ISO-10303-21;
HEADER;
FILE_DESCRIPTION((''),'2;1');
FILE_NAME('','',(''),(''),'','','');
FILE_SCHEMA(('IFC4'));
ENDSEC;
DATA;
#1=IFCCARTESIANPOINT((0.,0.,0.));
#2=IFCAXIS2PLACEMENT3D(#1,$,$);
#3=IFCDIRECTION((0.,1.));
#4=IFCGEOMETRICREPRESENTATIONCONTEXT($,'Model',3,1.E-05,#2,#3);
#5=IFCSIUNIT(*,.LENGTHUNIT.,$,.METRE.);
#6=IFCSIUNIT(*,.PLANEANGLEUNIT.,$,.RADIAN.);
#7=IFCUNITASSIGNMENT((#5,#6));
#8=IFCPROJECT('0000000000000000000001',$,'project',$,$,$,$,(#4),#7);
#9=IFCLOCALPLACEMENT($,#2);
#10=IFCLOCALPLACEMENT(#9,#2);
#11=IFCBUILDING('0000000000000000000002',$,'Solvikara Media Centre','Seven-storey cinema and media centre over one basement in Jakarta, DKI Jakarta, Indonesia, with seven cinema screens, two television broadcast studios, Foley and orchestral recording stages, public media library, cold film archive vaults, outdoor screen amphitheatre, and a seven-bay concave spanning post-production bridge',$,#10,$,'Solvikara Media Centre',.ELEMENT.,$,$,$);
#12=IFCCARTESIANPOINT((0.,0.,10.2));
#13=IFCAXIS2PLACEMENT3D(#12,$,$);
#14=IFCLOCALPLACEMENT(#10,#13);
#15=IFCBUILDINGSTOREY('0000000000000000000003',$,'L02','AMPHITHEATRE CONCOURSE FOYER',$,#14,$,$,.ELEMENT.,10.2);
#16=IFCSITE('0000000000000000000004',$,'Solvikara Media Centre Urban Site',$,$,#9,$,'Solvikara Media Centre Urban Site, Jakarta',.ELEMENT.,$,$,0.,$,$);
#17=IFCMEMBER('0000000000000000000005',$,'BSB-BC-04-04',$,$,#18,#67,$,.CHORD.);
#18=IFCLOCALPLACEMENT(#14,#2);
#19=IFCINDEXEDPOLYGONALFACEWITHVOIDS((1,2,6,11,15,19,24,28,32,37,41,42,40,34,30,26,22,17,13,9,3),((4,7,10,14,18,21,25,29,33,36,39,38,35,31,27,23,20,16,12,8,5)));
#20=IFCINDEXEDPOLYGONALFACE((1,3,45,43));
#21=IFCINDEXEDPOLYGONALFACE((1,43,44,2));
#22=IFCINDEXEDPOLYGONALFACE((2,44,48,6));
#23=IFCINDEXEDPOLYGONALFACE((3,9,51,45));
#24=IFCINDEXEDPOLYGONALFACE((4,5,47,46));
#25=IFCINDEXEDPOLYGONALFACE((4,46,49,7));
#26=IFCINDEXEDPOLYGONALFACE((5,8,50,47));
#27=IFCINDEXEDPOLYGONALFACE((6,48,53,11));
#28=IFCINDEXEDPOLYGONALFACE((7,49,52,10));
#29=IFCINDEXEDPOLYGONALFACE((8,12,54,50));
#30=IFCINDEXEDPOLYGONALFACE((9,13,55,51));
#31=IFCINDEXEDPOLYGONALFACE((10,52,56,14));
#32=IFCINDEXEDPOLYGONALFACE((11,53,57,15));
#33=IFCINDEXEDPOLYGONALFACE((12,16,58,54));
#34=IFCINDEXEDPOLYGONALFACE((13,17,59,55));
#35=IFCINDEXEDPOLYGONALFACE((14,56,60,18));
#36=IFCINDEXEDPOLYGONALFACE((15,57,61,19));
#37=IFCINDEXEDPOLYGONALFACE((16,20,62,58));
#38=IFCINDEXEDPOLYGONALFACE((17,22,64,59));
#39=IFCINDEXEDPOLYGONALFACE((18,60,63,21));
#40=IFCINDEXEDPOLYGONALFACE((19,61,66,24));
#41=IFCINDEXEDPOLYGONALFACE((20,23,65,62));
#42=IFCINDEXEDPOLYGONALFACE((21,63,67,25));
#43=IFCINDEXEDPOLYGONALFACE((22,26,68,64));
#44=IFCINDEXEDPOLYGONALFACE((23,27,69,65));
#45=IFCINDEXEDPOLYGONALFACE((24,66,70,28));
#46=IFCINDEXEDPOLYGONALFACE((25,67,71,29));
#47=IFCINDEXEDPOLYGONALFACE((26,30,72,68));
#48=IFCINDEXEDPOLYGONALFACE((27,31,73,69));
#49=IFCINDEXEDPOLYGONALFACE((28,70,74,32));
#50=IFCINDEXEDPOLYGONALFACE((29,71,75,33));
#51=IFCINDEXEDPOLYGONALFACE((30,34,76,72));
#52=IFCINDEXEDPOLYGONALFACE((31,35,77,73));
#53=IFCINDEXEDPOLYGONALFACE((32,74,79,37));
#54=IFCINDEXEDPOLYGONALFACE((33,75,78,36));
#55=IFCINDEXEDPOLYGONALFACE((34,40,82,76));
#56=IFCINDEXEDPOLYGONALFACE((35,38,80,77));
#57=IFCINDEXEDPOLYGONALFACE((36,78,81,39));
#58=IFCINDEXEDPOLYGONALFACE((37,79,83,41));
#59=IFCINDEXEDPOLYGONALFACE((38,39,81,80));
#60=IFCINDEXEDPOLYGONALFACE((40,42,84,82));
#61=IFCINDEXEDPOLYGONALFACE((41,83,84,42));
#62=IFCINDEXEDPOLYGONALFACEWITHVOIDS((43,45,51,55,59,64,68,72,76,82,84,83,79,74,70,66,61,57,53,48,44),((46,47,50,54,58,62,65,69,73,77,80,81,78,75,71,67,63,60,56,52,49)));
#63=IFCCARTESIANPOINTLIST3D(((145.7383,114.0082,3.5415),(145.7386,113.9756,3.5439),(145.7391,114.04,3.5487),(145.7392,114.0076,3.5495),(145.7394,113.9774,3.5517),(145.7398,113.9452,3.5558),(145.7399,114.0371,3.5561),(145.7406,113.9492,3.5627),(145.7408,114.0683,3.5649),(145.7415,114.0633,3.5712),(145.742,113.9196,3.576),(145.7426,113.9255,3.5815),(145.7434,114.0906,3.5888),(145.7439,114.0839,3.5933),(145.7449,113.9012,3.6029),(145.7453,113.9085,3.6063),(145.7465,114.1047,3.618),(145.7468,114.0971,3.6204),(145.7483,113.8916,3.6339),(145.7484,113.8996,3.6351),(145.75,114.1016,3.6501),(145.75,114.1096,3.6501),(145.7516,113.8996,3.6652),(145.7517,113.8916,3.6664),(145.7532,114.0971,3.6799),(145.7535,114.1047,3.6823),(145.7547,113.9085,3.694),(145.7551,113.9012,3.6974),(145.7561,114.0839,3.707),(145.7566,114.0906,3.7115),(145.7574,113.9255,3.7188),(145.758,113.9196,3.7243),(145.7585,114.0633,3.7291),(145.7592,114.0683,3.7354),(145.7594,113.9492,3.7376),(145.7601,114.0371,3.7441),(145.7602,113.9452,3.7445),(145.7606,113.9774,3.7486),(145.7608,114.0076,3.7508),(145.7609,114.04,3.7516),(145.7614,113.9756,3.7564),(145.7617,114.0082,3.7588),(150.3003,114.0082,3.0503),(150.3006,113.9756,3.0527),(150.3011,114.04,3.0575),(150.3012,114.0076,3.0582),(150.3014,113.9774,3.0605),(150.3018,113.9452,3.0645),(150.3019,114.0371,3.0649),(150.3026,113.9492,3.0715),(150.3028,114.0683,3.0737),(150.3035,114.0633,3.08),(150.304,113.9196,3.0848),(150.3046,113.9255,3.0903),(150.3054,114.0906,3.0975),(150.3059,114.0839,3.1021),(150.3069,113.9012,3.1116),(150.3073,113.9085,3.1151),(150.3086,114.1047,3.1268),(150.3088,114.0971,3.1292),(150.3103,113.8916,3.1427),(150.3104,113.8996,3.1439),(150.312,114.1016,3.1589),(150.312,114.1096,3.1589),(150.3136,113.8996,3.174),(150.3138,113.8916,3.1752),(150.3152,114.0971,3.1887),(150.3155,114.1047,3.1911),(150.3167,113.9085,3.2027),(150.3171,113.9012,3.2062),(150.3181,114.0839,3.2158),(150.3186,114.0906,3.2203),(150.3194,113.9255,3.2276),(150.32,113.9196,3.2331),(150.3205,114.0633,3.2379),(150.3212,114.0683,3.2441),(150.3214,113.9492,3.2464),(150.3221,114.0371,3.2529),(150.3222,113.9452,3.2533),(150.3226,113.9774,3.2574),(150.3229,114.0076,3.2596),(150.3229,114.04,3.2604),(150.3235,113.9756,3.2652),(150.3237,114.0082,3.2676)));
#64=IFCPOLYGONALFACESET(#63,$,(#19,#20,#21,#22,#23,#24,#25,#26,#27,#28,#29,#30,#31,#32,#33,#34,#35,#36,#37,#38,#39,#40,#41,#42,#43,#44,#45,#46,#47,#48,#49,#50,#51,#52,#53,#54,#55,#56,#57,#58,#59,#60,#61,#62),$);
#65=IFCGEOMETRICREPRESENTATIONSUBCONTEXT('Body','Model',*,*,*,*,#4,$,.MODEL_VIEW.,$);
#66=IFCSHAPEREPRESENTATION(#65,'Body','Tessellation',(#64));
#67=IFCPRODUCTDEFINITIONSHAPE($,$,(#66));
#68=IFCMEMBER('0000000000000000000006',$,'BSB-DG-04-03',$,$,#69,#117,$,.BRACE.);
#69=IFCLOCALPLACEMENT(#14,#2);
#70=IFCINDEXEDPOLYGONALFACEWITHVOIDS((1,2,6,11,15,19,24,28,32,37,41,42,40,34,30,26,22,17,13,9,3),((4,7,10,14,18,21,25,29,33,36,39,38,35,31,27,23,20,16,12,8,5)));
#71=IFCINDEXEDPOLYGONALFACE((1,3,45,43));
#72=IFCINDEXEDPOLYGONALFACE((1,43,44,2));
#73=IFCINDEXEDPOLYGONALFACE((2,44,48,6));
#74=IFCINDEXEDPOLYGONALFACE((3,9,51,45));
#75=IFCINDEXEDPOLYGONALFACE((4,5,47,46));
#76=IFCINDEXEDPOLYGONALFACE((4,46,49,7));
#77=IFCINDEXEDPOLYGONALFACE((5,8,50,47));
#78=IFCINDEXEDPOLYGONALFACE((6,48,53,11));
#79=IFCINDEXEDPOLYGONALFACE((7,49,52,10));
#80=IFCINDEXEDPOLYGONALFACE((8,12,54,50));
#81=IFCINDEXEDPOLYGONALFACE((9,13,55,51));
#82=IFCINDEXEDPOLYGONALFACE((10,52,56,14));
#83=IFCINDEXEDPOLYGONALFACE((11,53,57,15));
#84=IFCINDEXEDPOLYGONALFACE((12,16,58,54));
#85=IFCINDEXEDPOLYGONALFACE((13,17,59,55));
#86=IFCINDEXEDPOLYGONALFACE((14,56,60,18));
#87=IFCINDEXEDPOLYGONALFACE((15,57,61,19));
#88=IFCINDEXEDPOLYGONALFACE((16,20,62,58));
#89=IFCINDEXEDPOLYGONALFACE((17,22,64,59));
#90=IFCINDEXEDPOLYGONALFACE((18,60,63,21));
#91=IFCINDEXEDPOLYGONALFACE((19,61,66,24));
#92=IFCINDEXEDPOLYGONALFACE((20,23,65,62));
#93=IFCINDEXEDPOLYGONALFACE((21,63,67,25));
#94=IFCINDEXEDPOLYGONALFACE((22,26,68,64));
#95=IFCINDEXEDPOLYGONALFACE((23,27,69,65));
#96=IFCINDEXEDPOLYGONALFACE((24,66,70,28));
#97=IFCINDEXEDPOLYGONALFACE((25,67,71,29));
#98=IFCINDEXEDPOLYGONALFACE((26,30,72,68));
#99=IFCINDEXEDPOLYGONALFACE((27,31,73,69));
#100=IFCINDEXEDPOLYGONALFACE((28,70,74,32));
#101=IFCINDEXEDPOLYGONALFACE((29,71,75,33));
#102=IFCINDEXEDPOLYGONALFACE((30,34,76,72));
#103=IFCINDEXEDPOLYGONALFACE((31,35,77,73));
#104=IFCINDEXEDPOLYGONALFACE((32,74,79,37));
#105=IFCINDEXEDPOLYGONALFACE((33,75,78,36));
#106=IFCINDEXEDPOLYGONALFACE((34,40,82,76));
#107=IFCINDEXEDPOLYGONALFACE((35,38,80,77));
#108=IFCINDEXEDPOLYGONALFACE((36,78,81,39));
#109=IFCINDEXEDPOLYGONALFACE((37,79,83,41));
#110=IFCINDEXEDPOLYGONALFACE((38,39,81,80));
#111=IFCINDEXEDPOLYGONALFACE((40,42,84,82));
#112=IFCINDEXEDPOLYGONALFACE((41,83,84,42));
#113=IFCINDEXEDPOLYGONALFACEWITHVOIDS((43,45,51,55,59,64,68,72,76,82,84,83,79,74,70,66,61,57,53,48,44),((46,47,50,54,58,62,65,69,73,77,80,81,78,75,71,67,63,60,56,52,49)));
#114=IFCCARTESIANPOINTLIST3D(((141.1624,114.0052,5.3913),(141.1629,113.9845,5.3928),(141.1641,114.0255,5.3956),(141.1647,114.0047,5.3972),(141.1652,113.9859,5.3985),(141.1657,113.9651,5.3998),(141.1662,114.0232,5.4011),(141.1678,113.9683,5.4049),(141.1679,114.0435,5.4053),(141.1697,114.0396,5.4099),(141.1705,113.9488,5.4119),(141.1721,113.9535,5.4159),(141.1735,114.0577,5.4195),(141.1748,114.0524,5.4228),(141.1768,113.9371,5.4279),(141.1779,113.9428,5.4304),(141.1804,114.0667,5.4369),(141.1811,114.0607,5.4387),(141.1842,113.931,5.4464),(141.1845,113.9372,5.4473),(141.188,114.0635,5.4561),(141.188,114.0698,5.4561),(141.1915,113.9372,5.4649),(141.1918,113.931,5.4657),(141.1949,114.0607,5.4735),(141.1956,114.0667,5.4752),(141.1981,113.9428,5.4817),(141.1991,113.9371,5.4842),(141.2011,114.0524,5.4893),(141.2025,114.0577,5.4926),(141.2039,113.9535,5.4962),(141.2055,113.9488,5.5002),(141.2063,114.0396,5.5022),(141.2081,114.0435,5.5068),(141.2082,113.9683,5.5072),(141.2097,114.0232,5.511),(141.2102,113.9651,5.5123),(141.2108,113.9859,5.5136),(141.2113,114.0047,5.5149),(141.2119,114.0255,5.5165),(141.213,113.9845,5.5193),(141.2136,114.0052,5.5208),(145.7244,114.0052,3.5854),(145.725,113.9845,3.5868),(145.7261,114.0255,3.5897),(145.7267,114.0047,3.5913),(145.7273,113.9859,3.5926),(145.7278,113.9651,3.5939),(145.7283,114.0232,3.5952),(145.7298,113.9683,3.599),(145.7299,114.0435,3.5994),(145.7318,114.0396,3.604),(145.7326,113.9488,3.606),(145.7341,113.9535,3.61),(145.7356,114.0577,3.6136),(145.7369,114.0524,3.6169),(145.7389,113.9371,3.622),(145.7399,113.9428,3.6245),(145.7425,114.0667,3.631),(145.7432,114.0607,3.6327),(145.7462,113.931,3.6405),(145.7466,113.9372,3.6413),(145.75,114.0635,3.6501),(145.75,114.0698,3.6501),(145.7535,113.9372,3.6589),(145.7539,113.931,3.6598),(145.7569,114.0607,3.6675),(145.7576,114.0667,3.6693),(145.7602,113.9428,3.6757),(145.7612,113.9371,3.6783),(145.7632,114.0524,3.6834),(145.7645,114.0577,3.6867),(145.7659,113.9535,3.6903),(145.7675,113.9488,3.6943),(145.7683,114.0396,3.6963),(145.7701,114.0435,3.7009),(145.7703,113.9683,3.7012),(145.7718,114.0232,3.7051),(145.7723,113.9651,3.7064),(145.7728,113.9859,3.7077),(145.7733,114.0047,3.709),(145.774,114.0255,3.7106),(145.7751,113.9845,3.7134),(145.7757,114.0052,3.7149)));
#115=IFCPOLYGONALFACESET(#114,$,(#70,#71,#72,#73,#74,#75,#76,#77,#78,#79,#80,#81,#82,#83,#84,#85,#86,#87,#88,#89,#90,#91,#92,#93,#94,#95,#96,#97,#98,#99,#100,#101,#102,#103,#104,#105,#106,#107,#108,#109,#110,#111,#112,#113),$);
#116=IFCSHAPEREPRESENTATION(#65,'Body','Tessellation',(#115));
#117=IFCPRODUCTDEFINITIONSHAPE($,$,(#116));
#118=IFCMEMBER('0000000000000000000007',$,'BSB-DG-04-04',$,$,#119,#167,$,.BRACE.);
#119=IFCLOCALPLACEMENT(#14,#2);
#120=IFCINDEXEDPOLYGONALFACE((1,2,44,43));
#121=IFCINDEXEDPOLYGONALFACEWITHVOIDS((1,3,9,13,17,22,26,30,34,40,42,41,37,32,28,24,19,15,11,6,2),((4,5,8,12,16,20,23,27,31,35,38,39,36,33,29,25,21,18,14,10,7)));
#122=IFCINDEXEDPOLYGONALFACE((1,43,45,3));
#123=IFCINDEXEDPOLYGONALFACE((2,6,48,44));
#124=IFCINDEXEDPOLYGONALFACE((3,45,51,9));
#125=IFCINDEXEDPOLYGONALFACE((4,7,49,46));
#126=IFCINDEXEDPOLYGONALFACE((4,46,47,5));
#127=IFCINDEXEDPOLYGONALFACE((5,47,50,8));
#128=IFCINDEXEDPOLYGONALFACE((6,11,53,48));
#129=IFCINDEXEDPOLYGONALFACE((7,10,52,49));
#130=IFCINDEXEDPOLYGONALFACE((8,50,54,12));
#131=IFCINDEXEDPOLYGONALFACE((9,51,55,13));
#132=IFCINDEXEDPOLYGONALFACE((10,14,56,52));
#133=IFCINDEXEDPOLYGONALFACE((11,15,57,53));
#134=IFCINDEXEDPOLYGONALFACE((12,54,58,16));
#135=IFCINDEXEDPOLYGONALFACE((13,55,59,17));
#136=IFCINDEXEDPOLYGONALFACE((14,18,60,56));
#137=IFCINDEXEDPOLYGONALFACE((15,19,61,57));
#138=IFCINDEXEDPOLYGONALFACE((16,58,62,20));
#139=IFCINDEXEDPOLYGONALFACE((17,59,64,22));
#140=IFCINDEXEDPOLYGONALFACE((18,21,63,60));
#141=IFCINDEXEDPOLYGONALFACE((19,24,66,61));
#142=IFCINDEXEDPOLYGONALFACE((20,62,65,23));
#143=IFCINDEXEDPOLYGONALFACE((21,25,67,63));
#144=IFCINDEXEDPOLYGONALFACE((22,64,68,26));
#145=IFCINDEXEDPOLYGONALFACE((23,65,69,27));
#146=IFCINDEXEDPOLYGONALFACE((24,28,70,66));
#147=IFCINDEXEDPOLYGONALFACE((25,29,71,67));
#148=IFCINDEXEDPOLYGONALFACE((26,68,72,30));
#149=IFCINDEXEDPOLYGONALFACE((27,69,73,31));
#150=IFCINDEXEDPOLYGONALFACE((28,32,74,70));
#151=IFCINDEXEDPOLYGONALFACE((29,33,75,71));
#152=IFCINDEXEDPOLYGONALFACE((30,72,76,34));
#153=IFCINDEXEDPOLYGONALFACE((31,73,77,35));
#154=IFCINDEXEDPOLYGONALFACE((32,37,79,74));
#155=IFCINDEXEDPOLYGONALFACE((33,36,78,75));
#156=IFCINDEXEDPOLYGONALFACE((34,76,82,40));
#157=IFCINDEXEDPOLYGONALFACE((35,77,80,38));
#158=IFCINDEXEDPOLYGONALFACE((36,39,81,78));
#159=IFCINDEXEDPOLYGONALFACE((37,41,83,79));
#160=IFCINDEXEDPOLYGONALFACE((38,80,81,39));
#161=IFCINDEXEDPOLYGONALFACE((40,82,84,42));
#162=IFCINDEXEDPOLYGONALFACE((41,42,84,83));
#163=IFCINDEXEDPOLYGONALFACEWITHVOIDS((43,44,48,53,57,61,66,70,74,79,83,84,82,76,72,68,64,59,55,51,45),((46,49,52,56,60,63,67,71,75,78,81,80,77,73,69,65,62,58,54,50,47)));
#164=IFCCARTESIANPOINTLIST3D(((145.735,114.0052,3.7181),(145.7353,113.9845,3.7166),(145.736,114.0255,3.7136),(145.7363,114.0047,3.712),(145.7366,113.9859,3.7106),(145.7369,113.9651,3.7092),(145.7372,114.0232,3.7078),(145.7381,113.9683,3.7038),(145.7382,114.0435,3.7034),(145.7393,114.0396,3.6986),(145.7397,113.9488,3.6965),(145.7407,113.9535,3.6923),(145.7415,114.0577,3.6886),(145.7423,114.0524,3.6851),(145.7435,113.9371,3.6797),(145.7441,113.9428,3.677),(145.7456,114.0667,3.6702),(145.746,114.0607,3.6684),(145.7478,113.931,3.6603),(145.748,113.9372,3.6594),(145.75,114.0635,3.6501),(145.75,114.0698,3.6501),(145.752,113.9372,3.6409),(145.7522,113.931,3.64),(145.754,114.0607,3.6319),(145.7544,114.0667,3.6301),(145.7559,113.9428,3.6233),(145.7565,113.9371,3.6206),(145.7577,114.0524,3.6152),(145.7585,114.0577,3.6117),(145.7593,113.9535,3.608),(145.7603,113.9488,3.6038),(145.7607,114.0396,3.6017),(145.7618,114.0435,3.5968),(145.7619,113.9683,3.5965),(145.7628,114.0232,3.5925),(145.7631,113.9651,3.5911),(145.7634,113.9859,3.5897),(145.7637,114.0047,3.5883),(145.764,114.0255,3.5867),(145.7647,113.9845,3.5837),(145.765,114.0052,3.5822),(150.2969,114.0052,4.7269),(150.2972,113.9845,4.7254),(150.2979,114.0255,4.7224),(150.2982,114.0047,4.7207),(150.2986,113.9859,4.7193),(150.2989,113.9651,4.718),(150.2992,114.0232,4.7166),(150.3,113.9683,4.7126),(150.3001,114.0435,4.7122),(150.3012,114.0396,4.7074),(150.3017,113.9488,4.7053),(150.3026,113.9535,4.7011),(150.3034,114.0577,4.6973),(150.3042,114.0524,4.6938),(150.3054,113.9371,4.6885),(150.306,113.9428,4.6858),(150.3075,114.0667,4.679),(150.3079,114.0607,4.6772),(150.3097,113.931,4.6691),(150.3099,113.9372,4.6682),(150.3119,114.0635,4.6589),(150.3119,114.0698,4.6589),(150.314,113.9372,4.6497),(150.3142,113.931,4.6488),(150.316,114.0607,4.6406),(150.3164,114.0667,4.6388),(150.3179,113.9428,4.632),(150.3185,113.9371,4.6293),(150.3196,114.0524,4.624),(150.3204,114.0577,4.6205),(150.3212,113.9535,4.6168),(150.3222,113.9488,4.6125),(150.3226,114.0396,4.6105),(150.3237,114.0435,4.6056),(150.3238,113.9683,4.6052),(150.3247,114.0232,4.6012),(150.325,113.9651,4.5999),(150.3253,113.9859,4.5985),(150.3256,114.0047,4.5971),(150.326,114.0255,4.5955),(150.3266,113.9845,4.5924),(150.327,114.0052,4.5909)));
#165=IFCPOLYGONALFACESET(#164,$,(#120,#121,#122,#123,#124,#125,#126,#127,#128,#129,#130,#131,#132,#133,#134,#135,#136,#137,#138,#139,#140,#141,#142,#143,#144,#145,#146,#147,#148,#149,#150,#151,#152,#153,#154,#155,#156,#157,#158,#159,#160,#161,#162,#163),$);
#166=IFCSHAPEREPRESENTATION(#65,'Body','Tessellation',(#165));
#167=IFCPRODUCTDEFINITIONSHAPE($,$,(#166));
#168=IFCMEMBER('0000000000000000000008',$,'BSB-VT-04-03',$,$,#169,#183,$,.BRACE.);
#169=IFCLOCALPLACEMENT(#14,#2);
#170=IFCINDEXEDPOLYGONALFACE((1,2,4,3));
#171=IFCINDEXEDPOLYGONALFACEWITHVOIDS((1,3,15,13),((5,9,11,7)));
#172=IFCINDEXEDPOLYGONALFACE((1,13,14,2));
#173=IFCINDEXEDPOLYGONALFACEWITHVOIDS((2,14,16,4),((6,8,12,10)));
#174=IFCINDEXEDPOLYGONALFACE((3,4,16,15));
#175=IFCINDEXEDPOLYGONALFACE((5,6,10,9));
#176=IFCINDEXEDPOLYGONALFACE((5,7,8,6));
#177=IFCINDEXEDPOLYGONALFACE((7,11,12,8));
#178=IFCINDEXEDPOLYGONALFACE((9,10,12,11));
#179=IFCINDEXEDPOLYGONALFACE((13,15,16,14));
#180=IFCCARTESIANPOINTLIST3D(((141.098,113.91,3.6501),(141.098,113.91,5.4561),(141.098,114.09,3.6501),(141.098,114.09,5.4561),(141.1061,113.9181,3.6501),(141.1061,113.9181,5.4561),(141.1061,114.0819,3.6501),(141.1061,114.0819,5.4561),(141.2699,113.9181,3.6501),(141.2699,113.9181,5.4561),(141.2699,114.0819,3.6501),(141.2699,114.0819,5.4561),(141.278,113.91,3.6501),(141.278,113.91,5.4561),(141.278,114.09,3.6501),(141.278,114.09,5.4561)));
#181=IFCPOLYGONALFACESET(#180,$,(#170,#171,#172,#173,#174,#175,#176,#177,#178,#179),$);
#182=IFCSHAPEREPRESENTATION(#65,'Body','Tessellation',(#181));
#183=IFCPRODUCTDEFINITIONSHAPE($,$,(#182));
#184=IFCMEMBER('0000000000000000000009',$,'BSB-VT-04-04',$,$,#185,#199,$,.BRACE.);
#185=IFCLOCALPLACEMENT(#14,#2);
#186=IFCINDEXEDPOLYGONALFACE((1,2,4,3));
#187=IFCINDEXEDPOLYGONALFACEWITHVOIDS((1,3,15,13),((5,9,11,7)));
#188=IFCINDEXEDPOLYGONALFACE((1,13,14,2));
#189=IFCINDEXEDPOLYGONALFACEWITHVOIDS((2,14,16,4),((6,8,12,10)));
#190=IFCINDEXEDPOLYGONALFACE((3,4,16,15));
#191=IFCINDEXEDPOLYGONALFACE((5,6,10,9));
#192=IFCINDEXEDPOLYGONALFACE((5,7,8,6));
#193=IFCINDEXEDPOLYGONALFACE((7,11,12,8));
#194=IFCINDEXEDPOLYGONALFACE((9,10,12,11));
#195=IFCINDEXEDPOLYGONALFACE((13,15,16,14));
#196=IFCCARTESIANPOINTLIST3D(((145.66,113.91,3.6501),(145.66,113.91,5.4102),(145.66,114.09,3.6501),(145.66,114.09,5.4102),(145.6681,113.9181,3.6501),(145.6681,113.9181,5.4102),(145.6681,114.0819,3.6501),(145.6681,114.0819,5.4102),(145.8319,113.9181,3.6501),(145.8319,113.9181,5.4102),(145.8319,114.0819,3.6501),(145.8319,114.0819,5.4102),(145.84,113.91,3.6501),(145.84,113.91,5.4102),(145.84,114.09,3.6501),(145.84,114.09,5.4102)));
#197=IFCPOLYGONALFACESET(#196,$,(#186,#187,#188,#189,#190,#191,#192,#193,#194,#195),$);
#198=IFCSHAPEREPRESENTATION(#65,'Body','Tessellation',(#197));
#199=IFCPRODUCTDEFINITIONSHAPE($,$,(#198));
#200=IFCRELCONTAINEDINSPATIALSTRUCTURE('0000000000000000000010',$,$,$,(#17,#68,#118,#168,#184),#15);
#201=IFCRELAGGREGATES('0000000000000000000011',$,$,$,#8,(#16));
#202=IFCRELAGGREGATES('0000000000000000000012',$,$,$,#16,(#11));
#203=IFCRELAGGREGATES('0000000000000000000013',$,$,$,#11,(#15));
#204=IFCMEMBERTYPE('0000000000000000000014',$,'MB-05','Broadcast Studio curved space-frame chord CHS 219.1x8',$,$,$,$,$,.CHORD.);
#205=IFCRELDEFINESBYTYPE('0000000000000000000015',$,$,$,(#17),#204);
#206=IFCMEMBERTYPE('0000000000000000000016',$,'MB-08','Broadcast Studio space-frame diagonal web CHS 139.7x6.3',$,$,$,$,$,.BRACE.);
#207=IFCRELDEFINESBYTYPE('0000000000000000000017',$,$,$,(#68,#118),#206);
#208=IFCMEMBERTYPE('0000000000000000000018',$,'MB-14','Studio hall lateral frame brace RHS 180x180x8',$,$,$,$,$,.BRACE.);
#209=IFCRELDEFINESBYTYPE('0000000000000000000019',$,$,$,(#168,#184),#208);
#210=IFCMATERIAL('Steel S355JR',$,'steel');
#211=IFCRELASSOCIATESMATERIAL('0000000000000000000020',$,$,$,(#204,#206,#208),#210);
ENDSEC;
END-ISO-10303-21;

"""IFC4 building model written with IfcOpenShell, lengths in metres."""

from ifc_helpers import new_model, si_unit, direction, frame, origin, origin_2d, place, context, subcontext, project, spatial, hollow_rectangle, hollow_circle, extrude, material, material_profile, profile_set, type_object, element, save


model = new_model("IFC4")

# Units and contexts
model_context = context("Model", 3, precision=1e-05, world=origin(), true_north=direction((0.0, 1.0)))
body_context = subcontext(model_context, "Body", "Model", "MODEL_VIEW")
ifc_project = project(units=[si_unit("LENGTHUNIT", "METRE"), si_unit("PLANEANGLEUNIT", "RADIAN")], contexts=[model_context])

# Site, building, storey
site_placement = place(None, origin())
site = spatial("IfcSite", under=ifc_project, at=site_placement, Name="Solvikara Media Centre Urban Site", LongName="Solvikara Media Centre Urban Site, Jakarta", CompositionType="ELEMENT", RefElevation=0.0)
building_placement = place(site_placement, origin())
building = spatial("IfcBuilding", under=site, at=building_placement, Name="Solvikara Media Centre", Description="Seven-storey cinema and media centre over one basement in Jakarta, DKI Jakarta, Indonesia, with seven cinema screens, two television broadcast studios, Foley and orchestral recording stages, public media library, cold film archive vaults, outdoor screen amphitheatre, and a seven-bay concave spanning post-production bridge", LongName="Solvikara Media Centre", CompositionType="ELEMENT")
storey_placement = place(building_placement, frame((0.0, 0.0, 10.2)))
storey = spatial("IfcBuildingStorey", under=building, at=storey_placement, Name="L02", Description="AMPHITHEATRE CONCOURSE FOYER", CompositionType="ELEMENT", Elevation=10.2)

# Shared definitions
ifc_material_1 = material(Name="Steel S355JR", Category="steel")

# Members
ifc_material_profile_1 = material_profile(ifc_material_1, hollow_circle(Radius=0.1096, WallThickness=0.0081, at=origin_2d()), Name="CHS 219.1x8")
ifc_profile_set_1 = profile_set([ifc_material_profile_1], Name="Steel S355JR")
member_type_1 = type_object("IfcMemberType", Name="MB-05", Description="Broadcast Studio curved space-frame chord CHS 219.1x8", PredefinedType="CHORD", material=ifc_profile_set_1)
member_1_placement = place(storey_placement, frame((145.75, 114.0, 3.6501), z_axis=(0.994253, 0.0, -0.107055), x_axis=(0.0, 1.0, 0.0)))
element("IfcMember", 1, at=member_1_placement, inside=storey, type_object=member_type_1, Name="BSB-BC-04-04", PredefinedType="CHORD", context=body_context, shape_type="SweptSolid", body=[
    extrude(hollow_circle(Radius=0.1096, WallThickness=0.0081, at=origin_2d()), origin(), (0.0, 0.0, 1.0), 4.5884),
])
ifc_material_profile_2 = material_profile(ifc_material_1, hollow_circle(Radius=0.0698, WallThickness=0.0063, at=origin_2d()), Name="CHS 139.7x6.3")
ifc_profile_set_2 = profile_set([ifc_material_profile_2], Name="Steel S355JR")
member_type_2 = type_object("IfcMemberType", Name="MB-08", Description="Broadcast Studio space-frame diagonal web CHS 139.7x6.3", PredefinedType="BRACE", material=ifc_profile_set_2)
member_2_placement = place(storey_placement, frame((141.188, 114.0, 5.4561), z_axis=(0.929799, 0.0, -0.368068), x_axis=(0.0, 1.0, 0.0)))
element("IfcMember", 2, at=member_2_placement, inside=storey, type_object=member_type_2, Name="BSB-DG-04-03", PredefinedType="BRACE", context=body_context, shape_type="SweptSolid", body=[
    extrude(hollow_circle(Radius=0.0698, WallThickness=0.0063, at=origin_2d()), origin(), (0.0, 0.0, 1.0), 4.9065),
])
member_3_placement = place(storey_placement, frame((145.75, 114.0, 3.6501), z_axis=(0.976413, 0.0, 0.215912), x_axis=(0.0, 1.0, 0.0)))
element("IfcMember", 3, at=member_3_placement, inside=storey, type_object=member_type_2, Name="BSB-DG-04-04", PredefinedType="BRACE", context=body_context, shape_type="SweptSolid", body=[
    extrude(hollow_circle(Radius=0.0698, WallThickness=0.0063, at=origin_2d()), origin(), (0.0, 0.0, 1.0), 4.6721),
])
ifc_material_profile_3 = material_profile(ifc_material_1, hollow_rectangle(XDim=0.1799, YDim=0.1799, WallThickness=0.0081, at=origin_2d()), Name="RHS 180x180x8")
ifc_profile_set_3 = profile_set([ifc_material_profile_3], Name="Steel S355JR")
member_type_3 = type_object("IfcMemberType", Name="MB-14", Description="Studio hall lateral frame brace RHS 180x180x8", PredefinedType="BRACE", material=ifc_profile_set_3)
member_4_placement = place(storey_placement, frame((141.188, 114.0, 3.6501), z_axis=(0.0, 0.0, 1.0), x_axis=(1.0, 0.0, 0.0)))
element("IfcMember", 4, at=member_4_placement, inside=storey, type_object=member_type_3, Name="BSB-VT-04-03", PredefinedType="BRACE", context=body_context, shape_type="SweptSolid", body=[
    extrude(hollow_rectangle(XDim=0.1799, YDim=0.1799, WallThickness=0.0081, at=origin_2d()), origin(), (0.0, 0.0, 1.0), 1.8059),
])
member_5_placement = place(storey_placement, frame((145.75, 114.0, 3.6501), z_axis=(0.0, 0.0, 1.0), x_axis=(1.0, 0.0, 0.0)))
element("IfcMember", 5, at=member_5_placement, inside=storey, type_object=member_type_3, Name="BSB-VT-04-04", PredefinedType="BRACE", context=body_context, shape_type="SweptSolid", body=[
    extrude(hollow_rectangle(XDim=0.1799, YDim=0.1799, WallThickness=0.0081, at=origin_2d()), origin(), (0.0, 0.0, 1.0), 1.76),
])

save(model, "model.ifc")
